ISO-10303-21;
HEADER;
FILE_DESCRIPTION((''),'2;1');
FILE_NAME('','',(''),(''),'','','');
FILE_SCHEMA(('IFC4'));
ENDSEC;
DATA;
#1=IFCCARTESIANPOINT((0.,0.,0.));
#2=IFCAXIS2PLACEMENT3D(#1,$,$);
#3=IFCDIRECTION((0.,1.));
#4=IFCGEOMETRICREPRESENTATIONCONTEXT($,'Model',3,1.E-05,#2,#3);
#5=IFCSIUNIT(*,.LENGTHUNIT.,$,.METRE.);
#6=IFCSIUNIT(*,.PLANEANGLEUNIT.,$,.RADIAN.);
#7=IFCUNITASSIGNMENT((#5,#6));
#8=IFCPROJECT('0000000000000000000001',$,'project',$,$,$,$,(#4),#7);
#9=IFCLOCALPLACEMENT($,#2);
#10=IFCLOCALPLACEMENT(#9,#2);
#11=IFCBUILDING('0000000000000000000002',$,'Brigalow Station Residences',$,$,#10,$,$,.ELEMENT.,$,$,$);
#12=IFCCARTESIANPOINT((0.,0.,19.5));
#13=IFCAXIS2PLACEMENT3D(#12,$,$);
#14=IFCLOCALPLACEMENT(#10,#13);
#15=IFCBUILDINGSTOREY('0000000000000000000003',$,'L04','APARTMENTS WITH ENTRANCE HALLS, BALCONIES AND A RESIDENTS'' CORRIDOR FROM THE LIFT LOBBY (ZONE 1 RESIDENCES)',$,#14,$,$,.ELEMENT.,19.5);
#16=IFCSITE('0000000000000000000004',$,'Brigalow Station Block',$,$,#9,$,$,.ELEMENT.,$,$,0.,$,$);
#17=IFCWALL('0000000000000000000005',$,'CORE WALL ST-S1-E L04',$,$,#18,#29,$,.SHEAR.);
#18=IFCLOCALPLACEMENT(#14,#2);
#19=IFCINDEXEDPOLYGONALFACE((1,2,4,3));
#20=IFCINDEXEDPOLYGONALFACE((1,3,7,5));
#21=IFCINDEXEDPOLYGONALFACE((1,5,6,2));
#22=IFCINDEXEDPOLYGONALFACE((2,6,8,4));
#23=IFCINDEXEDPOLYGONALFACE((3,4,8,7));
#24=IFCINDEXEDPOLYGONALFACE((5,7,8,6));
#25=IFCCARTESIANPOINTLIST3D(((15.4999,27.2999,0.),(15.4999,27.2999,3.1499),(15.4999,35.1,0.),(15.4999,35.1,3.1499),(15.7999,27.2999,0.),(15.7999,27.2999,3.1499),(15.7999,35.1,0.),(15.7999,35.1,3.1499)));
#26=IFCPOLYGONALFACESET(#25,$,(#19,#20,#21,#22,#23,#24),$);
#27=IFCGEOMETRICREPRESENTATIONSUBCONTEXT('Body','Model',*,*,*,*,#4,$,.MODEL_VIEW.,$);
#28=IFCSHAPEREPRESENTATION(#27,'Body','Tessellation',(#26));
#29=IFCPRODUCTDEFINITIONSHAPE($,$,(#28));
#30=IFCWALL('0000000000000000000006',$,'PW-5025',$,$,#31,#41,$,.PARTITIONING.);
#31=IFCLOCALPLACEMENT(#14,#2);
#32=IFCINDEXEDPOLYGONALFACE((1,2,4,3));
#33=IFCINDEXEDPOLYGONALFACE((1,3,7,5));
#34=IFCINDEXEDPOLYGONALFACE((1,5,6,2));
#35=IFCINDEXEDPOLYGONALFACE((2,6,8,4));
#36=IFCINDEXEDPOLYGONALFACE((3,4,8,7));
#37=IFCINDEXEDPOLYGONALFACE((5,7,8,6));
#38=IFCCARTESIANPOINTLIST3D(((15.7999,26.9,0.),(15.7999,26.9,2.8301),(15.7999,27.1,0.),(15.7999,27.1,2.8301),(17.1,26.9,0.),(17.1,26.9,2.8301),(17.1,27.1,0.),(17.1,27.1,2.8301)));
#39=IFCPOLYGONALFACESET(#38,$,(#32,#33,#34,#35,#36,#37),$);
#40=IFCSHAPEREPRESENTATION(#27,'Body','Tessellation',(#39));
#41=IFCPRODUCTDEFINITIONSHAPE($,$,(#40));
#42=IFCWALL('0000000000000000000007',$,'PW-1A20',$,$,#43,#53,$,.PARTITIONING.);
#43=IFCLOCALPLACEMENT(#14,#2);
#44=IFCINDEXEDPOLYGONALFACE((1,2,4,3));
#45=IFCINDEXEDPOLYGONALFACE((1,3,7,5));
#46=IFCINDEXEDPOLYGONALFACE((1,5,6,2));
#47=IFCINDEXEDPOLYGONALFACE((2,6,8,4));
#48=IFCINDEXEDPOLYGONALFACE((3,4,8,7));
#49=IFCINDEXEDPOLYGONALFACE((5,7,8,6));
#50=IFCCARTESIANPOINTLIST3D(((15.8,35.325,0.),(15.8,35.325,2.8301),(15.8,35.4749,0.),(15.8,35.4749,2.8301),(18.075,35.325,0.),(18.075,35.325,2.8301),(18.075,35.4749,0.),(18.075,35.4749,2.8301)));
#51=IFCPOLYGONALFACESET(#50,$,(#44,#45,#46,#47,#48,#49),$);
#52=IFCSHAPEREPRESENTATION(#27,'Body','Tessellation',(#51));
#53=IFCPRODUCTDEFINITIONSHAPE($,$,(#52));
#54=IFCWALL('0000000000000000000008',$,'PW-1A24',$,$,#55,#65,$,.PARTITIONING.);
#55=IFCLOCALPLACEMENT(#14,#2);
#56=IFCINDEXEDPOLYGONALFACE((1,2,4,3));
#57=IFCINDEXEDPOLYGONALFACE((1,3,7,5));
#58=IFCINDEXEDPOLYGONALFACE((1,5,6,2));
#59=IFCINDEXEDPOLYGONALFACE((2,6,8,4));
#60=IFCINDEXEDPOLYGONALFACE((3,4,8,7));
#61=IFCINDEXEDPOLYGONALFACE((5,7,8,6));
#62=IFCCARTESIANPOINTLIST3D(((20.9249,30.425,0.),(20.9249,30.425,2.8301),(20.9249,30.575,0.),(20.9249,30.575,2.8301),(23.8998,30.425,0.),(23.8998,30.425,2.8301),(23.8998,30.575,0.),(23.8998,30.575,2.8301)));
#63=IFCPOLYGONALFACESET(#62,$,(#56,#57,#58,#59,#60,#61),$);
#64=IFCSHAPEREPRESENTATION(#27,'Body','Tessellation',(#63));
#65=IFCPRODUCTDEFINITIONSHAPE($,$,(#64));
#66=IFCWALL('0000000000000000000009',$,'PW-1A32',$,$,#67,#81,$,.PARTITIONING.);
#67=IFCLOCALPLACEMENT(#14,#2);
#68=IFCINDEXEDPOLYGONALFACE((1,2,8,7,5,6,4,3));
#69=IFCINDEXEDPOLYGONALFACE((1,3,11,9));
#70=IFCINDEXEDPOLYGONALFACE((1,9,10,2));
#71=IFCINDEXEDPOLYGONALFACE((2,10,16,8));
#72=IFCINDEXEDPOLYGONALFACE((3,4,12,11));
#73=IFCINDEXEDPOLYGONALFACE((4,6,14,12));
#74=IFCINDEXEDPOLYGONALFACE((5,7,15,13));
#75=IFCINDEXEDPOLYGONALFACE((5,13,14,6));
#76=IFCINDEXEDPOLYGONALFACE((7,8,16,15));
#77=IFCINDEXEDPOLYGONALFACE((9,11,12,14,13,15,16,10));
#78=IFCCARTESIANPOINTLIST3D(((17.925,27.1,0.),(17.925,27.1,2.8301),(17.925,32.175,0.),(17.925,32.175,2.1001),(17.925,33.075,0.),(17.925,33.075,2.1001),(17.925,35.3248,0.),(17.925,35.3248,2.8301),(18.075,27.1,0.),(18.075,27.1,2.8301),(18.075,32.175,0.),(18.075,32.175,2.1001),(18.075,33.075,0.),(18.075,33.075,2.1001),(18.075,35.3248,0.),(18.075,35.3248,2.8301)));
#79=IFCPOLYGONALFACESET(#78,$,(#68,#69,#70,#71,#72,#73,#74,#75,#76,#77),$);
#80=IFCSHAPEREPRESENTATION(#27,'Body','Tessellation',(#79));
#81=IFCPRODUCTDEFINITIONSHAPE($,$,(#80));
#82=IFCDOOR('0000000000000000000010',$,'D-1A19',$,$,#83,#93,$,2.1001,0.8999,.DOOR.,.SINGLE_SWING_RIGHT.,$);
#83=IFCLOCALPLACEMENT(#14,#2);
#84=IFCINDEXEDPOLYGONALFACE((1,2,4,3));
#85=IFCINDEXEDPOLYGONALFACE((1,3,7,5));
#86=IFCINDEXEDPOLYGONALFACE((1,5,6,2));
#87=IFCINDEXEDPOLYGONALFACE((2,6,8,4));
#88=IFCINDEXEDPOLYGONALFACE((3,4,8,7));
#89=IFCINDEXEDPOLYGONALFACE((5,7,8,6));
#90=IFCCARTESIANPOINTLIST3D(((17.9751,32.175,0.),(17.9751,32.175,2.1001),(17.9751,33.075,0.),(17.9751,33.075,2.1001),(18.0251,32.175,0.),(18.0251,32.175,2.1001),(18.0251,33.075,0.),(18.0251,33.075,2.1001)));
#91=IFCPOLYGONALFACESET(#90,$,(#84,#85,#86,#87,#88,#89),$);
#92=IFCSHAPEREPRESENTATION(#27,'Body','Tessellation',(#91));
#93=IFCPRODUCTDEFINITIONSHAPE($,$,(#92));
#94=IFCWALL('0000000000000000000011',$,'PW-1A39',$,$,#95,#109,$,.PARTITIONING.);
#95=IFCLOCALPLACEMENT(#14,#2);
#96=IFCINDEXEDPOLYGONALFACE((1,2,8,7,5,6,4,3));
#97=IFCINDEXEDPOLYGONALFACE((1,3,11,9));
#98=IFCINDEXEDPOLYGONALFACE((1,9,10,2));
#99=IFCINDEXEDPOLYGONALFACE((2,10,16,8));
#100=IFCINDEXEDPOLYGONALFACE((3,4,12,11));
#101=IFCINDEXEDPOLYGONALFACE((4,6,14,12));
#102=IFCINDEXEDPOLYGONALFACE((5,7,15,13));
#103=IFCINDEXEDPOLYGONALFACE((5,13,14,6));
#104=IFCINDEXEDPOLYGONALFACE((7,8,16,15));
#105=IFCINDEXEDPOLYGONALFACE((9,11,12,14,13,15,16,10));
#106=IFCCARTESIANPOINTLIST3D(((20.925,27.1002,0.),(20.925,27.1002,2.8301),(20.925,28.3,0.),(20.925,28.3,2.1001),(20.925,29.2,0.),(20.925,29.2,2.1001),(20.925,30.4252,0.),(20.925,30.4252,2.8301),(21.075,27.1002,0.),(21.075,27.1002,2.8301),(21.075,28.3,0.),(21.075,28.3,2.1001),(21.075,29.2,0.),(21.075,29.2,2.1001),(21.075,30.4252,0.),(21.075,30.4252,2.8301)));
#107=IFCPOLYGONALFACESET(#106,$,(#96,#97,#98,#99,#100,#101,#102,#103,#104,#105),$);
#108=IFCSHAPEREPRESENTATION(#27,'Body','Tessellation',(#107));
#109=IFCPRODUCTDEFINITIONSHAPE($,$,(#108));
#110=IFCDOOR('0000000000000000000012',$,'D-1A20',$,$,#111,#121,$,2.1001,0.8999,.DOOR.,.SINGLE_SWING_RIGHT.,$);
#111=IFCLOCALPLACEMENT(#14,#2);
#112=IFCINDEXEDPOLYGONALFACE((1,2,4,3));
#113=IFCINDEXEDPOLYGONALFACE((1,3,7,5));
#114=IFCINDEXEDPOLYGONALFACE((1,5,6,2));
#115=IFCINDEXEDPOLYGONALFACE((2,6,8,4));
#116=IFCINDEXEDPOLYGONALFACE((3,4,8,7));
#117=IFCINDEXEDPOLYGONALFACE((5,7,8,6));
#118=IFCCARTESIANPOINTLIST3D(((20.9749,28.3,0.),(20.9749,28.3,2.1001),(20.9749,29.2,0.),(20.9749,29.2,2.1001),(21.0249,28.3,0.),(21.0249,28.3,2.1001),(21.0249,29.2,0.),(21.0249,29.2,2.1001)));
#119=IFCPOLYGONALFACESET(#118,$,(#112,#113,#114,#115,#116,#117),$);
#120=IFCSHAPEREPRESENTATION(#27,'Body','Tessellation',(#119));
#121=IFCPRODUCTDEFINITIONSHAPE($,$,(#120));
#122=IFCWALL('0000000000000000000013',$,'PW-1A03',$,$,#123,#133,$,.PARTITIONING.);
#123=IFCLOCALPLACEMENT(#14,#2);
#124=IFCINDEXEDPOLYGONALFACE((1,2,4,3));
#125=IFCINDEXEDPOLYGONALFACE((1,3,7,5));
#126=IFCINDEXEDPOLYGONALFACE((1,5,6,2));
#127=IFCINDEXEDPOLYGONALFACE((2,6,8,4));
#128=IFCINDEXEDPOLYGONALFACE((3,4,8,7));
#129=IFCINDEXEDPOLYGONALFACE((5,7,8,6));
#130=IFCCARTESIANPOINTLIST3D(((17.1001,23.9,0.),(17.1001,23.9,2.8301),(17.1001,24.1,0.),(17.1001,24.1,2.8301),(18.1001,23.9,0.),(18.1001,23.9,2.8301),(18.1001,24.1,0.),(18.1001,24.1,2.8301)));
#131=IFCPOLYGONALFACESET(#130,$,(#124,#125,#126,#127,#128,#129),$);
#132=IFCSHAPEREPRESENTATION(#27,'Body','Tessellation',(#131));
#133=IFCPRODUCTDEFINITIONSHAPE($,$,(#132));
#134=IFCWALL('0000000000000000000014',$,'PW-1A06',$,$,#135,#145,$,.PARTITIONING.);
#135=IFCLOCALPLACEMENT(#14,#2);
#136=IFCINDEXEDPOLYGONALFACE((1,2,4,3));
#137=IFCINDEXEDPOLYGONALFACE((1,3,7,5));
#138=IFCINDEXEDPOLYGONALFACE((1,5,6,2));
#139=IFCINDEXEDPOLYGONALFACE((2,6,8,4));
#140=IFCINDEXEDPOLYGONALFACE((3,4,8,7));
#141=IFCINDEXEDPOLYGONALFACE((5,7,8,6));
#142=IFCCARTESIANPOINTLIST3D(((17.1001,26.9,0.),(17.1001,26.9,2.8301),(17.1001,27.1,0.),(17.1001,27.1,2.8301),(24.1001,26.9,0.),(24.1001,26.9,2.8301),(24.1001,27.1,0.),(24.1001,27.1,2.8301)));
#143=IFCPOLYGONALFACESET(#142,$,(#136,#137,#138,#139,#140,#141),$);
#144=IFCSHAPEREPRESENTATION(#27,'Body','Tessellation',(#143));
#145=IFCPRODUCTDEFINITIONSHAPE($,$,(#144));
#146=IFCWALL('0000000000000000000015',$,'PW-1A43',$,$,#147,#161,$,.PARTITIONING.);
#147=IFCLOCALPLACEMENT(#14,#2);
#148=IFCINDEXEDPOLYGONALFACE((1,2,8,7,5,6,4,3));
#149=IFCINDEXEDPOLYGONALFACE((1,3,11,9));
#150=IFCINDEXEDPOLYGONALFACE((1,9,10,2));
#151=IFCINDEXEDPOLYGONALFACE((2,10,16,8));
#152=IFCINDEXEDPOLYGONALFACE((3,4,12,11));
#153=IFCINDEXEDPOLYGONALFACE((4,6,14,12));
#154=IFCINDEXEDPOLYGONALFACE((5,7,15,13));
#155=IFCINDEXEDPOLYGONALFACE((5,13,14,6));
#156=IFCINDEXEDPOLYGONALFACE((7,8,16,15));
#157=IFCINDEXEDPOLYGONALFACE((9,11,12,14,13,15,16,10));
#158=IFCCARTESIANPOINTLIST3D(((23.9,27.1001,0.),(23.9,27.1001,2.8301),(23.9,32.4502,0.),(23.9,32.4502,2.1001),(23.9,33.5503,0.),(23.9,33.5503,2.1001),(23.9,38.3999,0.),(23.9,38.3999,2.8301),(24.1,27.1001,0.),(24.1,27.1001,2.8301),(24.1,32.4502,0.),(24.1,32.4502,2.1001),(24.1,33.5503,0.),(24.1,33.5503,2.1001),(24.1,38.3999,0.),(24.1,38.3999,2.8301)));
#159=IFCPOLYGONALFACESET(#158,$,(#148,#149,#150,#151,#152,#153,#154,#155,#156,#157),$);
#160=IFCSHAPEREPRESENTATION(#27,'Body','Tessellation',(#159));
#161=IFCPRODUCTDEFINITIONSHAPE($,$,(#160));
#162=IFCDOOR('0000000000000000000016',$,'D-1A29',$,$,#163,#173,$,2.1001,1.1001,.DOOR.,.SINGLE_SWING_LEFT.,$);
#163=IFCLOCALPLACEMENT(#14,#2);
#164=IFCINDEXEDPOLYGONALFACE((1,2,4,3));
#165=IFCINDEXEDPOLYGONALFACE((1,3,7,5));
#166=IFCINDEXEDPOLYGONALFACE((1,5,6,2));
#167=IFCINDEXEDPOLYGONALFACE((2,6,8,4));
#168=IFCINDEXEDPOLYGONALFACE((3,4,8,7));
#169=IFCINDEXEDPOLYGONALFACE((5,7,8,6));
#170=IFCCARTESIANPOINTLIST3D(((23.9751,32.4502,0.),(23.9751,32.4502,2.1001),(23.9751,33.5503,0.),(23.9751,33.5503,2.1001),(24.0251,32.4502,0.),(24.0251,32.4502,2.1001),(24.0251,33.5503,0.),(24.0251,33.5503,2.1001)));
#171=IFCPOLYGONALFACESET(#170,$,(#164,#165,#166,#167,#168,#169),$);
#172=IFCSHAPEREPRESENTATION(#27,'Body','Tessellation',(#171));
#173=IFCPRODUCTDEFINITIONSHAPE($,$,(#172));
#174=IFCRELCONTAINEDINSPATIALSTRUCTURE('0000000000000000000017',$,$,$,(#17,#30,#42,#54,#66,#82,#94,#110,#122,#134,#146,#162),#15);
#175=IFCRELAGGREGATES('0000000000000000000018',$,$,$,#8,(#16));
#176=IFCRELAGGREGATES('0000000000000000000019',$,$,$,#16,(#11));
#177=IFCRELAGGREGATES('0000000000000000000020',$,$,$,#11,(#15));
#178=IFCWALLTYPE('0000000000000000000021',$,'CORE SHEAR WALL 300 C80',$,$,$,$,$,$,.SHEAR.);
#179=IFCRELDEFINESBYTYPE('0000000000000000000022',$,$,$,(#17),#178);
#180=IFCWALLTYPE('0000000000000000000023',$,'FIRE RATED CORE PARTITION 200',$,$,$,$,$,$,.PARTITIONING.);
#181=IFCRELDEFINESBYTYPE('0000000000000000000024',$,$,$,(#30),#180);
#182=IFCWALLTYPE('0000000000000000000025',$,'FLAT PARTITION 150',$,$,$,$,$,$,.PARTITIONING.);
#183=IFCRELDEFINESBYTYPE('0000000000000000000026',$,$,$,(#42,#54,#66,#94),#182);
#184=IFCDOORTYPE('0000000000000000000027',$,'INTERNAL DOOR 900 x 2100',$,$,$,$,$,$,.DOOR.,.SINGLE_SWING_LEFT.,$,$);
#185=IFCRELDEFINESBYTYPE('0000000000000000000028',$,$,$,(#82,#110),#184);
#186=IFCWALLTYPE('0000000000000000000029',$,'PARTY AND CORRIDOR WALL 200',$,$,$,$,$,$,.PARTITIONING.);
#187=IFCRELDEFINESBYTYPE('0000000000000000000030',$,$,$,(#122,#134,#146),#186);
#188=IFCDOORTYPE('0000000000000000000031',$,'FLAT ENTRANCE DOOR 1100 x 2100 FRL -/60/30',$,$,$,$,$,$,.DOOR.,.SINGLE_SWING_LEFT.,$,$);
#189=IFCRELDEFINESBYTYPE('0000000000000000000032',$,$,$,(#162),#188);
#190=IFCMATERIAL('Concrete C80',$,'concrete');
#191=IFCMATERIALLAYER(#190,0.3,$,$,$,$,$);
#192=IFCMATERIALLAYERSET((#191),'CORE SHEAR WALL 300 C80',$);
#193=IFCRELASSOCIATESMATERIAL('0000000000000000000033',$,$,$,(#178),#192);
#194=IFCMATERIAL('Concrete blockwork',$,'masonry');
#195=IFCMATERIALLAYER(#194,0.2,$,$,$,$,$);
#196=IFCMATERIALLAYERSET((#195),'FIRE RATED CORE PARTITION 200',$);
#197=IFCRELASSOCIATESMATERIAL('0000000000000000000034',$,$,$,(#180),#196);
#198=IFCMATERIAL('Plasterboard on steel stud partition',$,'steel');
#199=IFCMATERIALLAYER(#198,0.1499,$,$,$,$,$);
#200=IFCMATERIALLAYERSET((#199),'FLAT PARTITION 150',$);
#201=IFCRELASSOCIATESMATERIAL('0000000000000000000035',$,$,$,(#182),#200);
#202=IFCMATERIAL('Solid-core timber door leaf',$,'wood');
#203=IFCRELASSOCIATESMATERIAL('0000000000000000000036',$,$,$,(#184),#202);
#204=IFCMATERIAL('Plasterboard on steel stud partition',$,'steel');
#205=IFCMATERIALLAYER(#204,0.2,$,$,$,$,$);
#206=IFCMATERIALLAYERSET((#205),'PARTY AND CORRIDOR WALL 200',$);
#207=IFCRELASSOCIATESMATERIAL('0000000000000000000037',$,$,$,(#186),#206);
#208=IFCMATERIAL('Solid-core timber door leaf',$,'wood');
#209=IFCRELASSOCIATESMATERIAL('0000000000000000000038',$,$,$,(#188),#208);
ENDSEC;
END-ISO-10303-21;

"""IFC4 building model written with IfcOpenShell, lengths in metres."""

from ifc_helpers import new_model, si_unit, direction, frame, frame_2d, origin, place, context, subcontext, project, spatial, rectangle, extrude, material, layer, layer_set, type_object, element, fill, save


model = new_model("IFC4")

# Units and contexts
model_context = context("Model", 3, precision=1e-05, world=origin(), true_north=direction((0.0, 1.0)))
body_context = subcontext(model_context, "Body", "Model", "MODEL_VIEW")
ifc_project = project(units=[si_unit("LENGTHUNIT", "METRE"), si_unit("PLANEANGLEUNIT", "RADIAN")], contexts=[model_context])

# Site, building, storey
site_placement = place(None, origin())
site = spatial("IfcSite", under=ifc_project, at=site_placement, Name="Brigalow Station Block", CompositionType="ELEMENT", RefElevation=0.0)
building_placement = place(site_placement, origin())
building = spatial("IfcBuilding", under=site, at=building_placement, Name="Brigalow Station Residences", CompositionType="ELEMENT")
storey_placement = place(building_placement, frame((0.0, 0.0, 19.5)))
storey = spatial("IfcBuildingStorey", under=building, at=storey_placement, Name="L04", Description="APARTMENTS WITH ENTRANCE HALLS, BALCONIES AND A RESIDENTS' CORRIDOR FROM THE LIFT LOBBY (ZONE 1 RESIDENCES)", CompositionType="ELEMENT", Elevation=19.5)

# Walls
ifc_material_1 = material(Name="Concrete C80", Category="concrete")
ifc_layer_1 = layer(ifc_material_1, 0.3)
ifc_layer_set_1 = layer_set([ifc_layer_1], Name="CORE SHEAR WALL 300 C80")
wall_type_1 = type_object("IfcWallType", Name="CORE SHEAR WALL 300 C80", PredefinedType="SHEAR", material=ifc_layer_set_1)
wall_1_placement = place(storey_placement, frame((15.6499, 27.3, 0.0), z_axis=(0.0, 0.0, 1.0), x_axis=(0.0, 1.0, 0.0)))
element("IfcWall", 1, at=wall_1_placement, inside=storey, type_object=wall_type_1, Name="CORE WALL ST-S1-E L04", PredefinedType="SHEAR", context=body_context, shape_type="SweptSolid", body=[
    extrude(rectangle(XDim=7.8, YDim=0.3, at=frame_2d((3.8999, 0.0))), origin(), (0.0, 0.0, 1.0), 3.1499),
])
ifc_material_2 = material(Name="Concrete blockwork", Category="masonry")
ifc_layer_2 = layer(ifc_material_2, 0.2)
ifc_layer_set_2 = layer_set([ifc_layer_2], Name="FIRE RATED CORE PARTITION 200")
wall_type_2 = type_object("IfcWallType", Name="FIRE RATED CORE PARTITION 200", PredefinedType="PARTITIONING", material=ifc_layer_set_2)
wall_2_placement = place(storey_placement, frame((15.8, 27.0, 0.0), z_axis=(0.0, 0.0, 1.0), x_axis=(1.0, 0.0, 0.0)))
element("IfcWall", 2, at=wall_2_placement, inside=storey, type_object=wall_type_2, Name="PW-5025", PredefinedType="PARTITIONING", context=body_context, shape_type="SweptSolid", body=[
    extrude(rectangle(XDim=1.3, YDim=0.2, at=frame_2d((0.6499, 0.0))), origin(), (0.0, 0.0, 1.0), 2.8301),
])
ifc_material_3 = material(Name="Plasterboard on steel stud partition", Category="steel")
ifc_layer_3 = layer(ifc_material_3, 0.1499)
ifc_layer_set_3 = layer_set([ifc_layer_3], Name="FLAT PARTITION 150")
wall_type_3 = type_object("IfcWallType", Name="FLAT PARTITION 150", PredefinedType="PARTITIONING", material=ifc_layer_set_3)
wall_3_placement = place(storey_placement, frame((15.8, 35.3999, 0.0), z_axis=(0.0, 0.0, 1.0), x_axis=(1.0, 0.0, 0.0)))
element("IfcWall", 3, at=wall_3_placement, inside=storey, type_object=wall_type_3, Name="PW-1A20", PredefinedType="PARTITIONING", context=body_context, shape_type="SweptSolid", body=[
    extrude(rectangle(XDim=2.2749, YDim=0.1499, at=frame_2d((1.1375, 0.0))), origin(), (0.0, 0.0, 1.0), 2.8301),
])
wall_4_placement = place(storey_placement, frame((20.925, 30.5, 0.0), z_axis=(0.0, 0.0, 1.0), x_axis=(1.0, 0.0, 0.0)))
element("IfcWall", 4, at=wall_4_placement, inside=storey, type_object=wall_type_3, Name="PW-1A24", PredefinedType="PARTITIONING", context=body_context, shape_type="SweptSolid", body=[
    extrude(rectangle(XDim=2.9749, YDim=0.1499, at=frame_2d((1.4873, 0.0))), origin(), (0.0, 0.0, 1.0), 2.8301),
])

# Walls, openings, doors
wall_5_placement = place(storey_placement, frame((18.0, 27.1001, 0.0), z_axis=(0.0, 0.0, 1.0), x_axis=(0.0, 1.0, 0.0)))
wall_5 = element("IfcWall", 5, at=wall_5_placement, inside=storey, type_object=wall_type_3, Name="PW-1A32", PredefinedType="PARTITIONING", context=body_context, shape_type="SweptSolid", body=[
    extrude(rectangle(XDim=8.2249, YDim=0.1499, at=frame_2d((4.1123, 0.0))), origin(), (0.0, 0.0, 1.0), 2.8301),
])
opening_1_placement = place(wall_5_placement, frame((5.075, 0.0, 0.0)))
opening_1 = element("IfcOpeningElement", 6, at=opening_1_placement, cuts=wall_5, PredefinedType="OPENING", context=body_context, shape_type="SweptSolid", body=[
    extrude(rectangle(XDim=0.8999, YDim=2.1001, at=frame_2d((0.45, 1.05))), frame((0.0, 0.085, 0.0), z_axis=(0.0, -1.0, 0.0), x_axis=(1.0, 0.0, 0.0)), (0.0, 0.0, 1.0), 0.1699),
])
ifc_material_4 = material(Name="Solid-core timber door leaf", Category="wood")
door_type_1 = type_object("IfcDoorType", Name="INTERNAL DOOR 900 x 2100", OperationType="SINGLE_SWING_LEFT", PredefinedType="DOOR", material=ifc_material_4)
door_1_placement = place(opening_1_placement, origin())
door_1 = element("IfcDoor", 7, at=door_1_placement, inside=storey, type_object=door_type_1, Name="D-1A19", OperationType="SINGLE_SWING_RIGHT", OverallHeight=2.1001, OverallWidth=0.8999, PredefinedType="DOOR", context=body_context, shape_type="SweptSolid", body=[
    extrude(rectangle(XDim=0.8999, YDim=2.1001, at=frame_2d((0.45, 1.05))), frame((0.0, 0.0249, 0.0), z_axis=(0.0, -1.0, 0.0), x_axis=(1.0, 0.0, 0.0)), (0.0, 0.0, 1.0), 0.05),
])
fill(opening_1, door_1)
wall_6_placement = place(storey_placement, frame((21.0, 27.1001, 0.0), z_axis=(0.0, 0.0, 1.0), x_axis=(0.0, 1.0, 0.0)))
wall_6 = element("IfcWall", 8, at=wall_6_placement, inside=storey, type_object=wall_type_3, Name="PW-1A39", PredefinedType="PARTITIONING", context=body_context, shape_type="SweptSolid", body=[
    extrude(rectangle(XDim=3.325, YDim=0.1499, at=frame_2d((1.6626, 0.0))), origin(), (0.0, 0.0, 1.0), 2.8301),
])
opening_2_placement = place(wall_6_placement, frame((1.2, 0.0, 0.0)))
opening_2 = element("IfcOpeningElement", 9, at=opening_2_placement, cuts=wall_6, PredefinedType="OPENING", context=body_context, shape_type="SweptSolid", body=[
    extrude(rectangle(XDim=0.8999, YDim=2.1001, at=frame_2d((0.45, 1.05))), frame((0.0, 0.085, 0.0), z_axis=(0.0, -1.0, 0.0), x_axis=(1.0, 0.0, 0.0)), (0.0, 0.0, 1.0), 0.1699),
])
door_2_placement = place(opening_2_placement, frame((0.8999, 0.0, 0.0), z_axis=(0.0, 0.0, 1.0), x_axis=(-1.0, 0.0, 0.0)))
door_2 = element("IfcDoor", 10, at=door_2_placement, inside=storey, type_object=door_type_1, Name="D-1A20", OperationType="SINGLE_SWING_RIGHT", OverallHeight=2.1001, OverallWidth=0.8999, PredefinedType="DOOR", context=body_context, shape_type="SweptSolid", body=[
    extrude(rectangle(XDim=0.8999, YDim=2.1001, at=frame_2d((0.45, 1.05))), frame((0.0, 0.0249, 0.0), z_axis=(0.0, -1.0, 0.0), x_axis=(1.0, 0.0, 0.0)), (0.0, 0.0, 1.0), 0.05),
])
fill(opening_2, door_2)

# Walls
ifc_material_5 = material(Name="Plasterboard on steel stud partition", Category="steel")
ifc_layer_4 = layer(ifc_material_5, 0.2)
ifc_layer_set_4 = layer_set([ifc_layer_4], Name="PARTY AND CORRIDOR WALL 200")
wall_type_4 = type_object("IfcWallType", Name="PARTY AND CORRIDOR WALL 200", PredefinedType="PARTITIONING", material=ifc_layer_set_4)
wall_7_placement = place(storey_placement, frame((17.1001, 24.0, 0.0), z_axis=(0.0, 0.0, 1.0), x_axis=(1.0, 0.0, 0.0)))
element("IfcWall", 11, at=wall_7_placement, inside=storey, type_object=wall_type_4, Name="PW-1A03", PredefinedType="PARTITIONING", context=body_context, shape_type="SweptSolid", body=[
    extrude(rectangle(XDim=1.0, YDim=0.2, at=frame_2d((0.5, 0.0))), origin(), (0.0, 0.0, 1.0), 2.8301),
])
wall_8_placement = place(storey_placement, frame((17.1001, 27.0, 0.0), z_axis=(0.0, 0.0, 1.0), x_axis=(1.0, 0.0, 0.0)))
element("IfcWall", 12, at=wall_8_placement, inside=storey, type_object=wall_type_4, Name="PW-1A06", PredefinedType="PARTITIONING", context=body_context, shape_type="SweptSolid", body=[
    extrude(rectangle(XDim=7.0, YDim=0.2, at=frame_2d((3.5, 0.0))), origin(), (0.0, 0.0, 1.0), 2.8301),
])

# Wall, opening, door
wall_9_placement = place(storey_placement, frame((24.0, 27.1001, 0.0), z_axis=(0.0, 0.0, 1.0), x_axis=(0.0, 1.0, 0.0)))
wall_9 = element("IfcWall", 13, at=wall_9_placement, inside=storey, type_object=wall_type_4, Name="PW-1A43", PredefinedType="PARTITIONING", context=body_context, shape_type="SweptSolid", body=[
    extrude(rectangle(XDim=11.2998, YDim=0.2, at=frame_2d((5.6499, 0.0))), origin(), (0.0, 0.0, 1.0), 2.8301),
])
opening_3_placement = place(wall_9_placement, frame((5.3501, 0.0, 0.0)))
opening_3 = element("IfcOpeningElement", 14, at=opening_3_placement, cuts=wall_9, PredefinedType="OPENING", context=body_context, shape_type="SweptSolid", body=[
    extrude(rectangle(XDim=1.1001, YDim=2.1001, at=frame_2d((0.55, 1.05))), frame((0.0, 0.1099, 0.0), z_axis=(0.0, -1.0, 0.0), x_axis=(1.0, 0.0, 0.0)), (0.0, 0.0, 1.0), 0.22),
])
ifc_material_6 = material(Name="Solid-core timber door leaf", Category="wood")
door_type_2 = type_object("IfcDoorType", Name="FLAT ENTRANCE DOOR 1100 x 2100 FRL -/60/30", OperationType="SINGLE_SWING_LEFT", PredefinedType="DOOR", material=ifc_material_6)
door_3_placement = place(opening_3_placement, origin())
door_3 = element("IfcDoor", 15, at=door_3_placement, inside=storey, type_object=door_type_2, Name="D-1A29", OperationType="SINGLE_SWING_LEFT", OverallHeight=2.1001, OverallWidth=1.1001, PredefinedType="DOOR", context=body_context, shape_type="SweptSolid", body=[
    extrude(rectangle(XDim=1.1001, YDim=2.1001, at=frame_2d((0.55, 1.05))), frame((0.0, 0.0249, 0.0), z_axis=(0.0, -1.0, 0.0), x_axis=(1.0, 0.0, 0.0)), (0.0, 0.0, 1.0), 0.05),
])
fill(opening_3, door_3)

save(model, "model.ifc")
